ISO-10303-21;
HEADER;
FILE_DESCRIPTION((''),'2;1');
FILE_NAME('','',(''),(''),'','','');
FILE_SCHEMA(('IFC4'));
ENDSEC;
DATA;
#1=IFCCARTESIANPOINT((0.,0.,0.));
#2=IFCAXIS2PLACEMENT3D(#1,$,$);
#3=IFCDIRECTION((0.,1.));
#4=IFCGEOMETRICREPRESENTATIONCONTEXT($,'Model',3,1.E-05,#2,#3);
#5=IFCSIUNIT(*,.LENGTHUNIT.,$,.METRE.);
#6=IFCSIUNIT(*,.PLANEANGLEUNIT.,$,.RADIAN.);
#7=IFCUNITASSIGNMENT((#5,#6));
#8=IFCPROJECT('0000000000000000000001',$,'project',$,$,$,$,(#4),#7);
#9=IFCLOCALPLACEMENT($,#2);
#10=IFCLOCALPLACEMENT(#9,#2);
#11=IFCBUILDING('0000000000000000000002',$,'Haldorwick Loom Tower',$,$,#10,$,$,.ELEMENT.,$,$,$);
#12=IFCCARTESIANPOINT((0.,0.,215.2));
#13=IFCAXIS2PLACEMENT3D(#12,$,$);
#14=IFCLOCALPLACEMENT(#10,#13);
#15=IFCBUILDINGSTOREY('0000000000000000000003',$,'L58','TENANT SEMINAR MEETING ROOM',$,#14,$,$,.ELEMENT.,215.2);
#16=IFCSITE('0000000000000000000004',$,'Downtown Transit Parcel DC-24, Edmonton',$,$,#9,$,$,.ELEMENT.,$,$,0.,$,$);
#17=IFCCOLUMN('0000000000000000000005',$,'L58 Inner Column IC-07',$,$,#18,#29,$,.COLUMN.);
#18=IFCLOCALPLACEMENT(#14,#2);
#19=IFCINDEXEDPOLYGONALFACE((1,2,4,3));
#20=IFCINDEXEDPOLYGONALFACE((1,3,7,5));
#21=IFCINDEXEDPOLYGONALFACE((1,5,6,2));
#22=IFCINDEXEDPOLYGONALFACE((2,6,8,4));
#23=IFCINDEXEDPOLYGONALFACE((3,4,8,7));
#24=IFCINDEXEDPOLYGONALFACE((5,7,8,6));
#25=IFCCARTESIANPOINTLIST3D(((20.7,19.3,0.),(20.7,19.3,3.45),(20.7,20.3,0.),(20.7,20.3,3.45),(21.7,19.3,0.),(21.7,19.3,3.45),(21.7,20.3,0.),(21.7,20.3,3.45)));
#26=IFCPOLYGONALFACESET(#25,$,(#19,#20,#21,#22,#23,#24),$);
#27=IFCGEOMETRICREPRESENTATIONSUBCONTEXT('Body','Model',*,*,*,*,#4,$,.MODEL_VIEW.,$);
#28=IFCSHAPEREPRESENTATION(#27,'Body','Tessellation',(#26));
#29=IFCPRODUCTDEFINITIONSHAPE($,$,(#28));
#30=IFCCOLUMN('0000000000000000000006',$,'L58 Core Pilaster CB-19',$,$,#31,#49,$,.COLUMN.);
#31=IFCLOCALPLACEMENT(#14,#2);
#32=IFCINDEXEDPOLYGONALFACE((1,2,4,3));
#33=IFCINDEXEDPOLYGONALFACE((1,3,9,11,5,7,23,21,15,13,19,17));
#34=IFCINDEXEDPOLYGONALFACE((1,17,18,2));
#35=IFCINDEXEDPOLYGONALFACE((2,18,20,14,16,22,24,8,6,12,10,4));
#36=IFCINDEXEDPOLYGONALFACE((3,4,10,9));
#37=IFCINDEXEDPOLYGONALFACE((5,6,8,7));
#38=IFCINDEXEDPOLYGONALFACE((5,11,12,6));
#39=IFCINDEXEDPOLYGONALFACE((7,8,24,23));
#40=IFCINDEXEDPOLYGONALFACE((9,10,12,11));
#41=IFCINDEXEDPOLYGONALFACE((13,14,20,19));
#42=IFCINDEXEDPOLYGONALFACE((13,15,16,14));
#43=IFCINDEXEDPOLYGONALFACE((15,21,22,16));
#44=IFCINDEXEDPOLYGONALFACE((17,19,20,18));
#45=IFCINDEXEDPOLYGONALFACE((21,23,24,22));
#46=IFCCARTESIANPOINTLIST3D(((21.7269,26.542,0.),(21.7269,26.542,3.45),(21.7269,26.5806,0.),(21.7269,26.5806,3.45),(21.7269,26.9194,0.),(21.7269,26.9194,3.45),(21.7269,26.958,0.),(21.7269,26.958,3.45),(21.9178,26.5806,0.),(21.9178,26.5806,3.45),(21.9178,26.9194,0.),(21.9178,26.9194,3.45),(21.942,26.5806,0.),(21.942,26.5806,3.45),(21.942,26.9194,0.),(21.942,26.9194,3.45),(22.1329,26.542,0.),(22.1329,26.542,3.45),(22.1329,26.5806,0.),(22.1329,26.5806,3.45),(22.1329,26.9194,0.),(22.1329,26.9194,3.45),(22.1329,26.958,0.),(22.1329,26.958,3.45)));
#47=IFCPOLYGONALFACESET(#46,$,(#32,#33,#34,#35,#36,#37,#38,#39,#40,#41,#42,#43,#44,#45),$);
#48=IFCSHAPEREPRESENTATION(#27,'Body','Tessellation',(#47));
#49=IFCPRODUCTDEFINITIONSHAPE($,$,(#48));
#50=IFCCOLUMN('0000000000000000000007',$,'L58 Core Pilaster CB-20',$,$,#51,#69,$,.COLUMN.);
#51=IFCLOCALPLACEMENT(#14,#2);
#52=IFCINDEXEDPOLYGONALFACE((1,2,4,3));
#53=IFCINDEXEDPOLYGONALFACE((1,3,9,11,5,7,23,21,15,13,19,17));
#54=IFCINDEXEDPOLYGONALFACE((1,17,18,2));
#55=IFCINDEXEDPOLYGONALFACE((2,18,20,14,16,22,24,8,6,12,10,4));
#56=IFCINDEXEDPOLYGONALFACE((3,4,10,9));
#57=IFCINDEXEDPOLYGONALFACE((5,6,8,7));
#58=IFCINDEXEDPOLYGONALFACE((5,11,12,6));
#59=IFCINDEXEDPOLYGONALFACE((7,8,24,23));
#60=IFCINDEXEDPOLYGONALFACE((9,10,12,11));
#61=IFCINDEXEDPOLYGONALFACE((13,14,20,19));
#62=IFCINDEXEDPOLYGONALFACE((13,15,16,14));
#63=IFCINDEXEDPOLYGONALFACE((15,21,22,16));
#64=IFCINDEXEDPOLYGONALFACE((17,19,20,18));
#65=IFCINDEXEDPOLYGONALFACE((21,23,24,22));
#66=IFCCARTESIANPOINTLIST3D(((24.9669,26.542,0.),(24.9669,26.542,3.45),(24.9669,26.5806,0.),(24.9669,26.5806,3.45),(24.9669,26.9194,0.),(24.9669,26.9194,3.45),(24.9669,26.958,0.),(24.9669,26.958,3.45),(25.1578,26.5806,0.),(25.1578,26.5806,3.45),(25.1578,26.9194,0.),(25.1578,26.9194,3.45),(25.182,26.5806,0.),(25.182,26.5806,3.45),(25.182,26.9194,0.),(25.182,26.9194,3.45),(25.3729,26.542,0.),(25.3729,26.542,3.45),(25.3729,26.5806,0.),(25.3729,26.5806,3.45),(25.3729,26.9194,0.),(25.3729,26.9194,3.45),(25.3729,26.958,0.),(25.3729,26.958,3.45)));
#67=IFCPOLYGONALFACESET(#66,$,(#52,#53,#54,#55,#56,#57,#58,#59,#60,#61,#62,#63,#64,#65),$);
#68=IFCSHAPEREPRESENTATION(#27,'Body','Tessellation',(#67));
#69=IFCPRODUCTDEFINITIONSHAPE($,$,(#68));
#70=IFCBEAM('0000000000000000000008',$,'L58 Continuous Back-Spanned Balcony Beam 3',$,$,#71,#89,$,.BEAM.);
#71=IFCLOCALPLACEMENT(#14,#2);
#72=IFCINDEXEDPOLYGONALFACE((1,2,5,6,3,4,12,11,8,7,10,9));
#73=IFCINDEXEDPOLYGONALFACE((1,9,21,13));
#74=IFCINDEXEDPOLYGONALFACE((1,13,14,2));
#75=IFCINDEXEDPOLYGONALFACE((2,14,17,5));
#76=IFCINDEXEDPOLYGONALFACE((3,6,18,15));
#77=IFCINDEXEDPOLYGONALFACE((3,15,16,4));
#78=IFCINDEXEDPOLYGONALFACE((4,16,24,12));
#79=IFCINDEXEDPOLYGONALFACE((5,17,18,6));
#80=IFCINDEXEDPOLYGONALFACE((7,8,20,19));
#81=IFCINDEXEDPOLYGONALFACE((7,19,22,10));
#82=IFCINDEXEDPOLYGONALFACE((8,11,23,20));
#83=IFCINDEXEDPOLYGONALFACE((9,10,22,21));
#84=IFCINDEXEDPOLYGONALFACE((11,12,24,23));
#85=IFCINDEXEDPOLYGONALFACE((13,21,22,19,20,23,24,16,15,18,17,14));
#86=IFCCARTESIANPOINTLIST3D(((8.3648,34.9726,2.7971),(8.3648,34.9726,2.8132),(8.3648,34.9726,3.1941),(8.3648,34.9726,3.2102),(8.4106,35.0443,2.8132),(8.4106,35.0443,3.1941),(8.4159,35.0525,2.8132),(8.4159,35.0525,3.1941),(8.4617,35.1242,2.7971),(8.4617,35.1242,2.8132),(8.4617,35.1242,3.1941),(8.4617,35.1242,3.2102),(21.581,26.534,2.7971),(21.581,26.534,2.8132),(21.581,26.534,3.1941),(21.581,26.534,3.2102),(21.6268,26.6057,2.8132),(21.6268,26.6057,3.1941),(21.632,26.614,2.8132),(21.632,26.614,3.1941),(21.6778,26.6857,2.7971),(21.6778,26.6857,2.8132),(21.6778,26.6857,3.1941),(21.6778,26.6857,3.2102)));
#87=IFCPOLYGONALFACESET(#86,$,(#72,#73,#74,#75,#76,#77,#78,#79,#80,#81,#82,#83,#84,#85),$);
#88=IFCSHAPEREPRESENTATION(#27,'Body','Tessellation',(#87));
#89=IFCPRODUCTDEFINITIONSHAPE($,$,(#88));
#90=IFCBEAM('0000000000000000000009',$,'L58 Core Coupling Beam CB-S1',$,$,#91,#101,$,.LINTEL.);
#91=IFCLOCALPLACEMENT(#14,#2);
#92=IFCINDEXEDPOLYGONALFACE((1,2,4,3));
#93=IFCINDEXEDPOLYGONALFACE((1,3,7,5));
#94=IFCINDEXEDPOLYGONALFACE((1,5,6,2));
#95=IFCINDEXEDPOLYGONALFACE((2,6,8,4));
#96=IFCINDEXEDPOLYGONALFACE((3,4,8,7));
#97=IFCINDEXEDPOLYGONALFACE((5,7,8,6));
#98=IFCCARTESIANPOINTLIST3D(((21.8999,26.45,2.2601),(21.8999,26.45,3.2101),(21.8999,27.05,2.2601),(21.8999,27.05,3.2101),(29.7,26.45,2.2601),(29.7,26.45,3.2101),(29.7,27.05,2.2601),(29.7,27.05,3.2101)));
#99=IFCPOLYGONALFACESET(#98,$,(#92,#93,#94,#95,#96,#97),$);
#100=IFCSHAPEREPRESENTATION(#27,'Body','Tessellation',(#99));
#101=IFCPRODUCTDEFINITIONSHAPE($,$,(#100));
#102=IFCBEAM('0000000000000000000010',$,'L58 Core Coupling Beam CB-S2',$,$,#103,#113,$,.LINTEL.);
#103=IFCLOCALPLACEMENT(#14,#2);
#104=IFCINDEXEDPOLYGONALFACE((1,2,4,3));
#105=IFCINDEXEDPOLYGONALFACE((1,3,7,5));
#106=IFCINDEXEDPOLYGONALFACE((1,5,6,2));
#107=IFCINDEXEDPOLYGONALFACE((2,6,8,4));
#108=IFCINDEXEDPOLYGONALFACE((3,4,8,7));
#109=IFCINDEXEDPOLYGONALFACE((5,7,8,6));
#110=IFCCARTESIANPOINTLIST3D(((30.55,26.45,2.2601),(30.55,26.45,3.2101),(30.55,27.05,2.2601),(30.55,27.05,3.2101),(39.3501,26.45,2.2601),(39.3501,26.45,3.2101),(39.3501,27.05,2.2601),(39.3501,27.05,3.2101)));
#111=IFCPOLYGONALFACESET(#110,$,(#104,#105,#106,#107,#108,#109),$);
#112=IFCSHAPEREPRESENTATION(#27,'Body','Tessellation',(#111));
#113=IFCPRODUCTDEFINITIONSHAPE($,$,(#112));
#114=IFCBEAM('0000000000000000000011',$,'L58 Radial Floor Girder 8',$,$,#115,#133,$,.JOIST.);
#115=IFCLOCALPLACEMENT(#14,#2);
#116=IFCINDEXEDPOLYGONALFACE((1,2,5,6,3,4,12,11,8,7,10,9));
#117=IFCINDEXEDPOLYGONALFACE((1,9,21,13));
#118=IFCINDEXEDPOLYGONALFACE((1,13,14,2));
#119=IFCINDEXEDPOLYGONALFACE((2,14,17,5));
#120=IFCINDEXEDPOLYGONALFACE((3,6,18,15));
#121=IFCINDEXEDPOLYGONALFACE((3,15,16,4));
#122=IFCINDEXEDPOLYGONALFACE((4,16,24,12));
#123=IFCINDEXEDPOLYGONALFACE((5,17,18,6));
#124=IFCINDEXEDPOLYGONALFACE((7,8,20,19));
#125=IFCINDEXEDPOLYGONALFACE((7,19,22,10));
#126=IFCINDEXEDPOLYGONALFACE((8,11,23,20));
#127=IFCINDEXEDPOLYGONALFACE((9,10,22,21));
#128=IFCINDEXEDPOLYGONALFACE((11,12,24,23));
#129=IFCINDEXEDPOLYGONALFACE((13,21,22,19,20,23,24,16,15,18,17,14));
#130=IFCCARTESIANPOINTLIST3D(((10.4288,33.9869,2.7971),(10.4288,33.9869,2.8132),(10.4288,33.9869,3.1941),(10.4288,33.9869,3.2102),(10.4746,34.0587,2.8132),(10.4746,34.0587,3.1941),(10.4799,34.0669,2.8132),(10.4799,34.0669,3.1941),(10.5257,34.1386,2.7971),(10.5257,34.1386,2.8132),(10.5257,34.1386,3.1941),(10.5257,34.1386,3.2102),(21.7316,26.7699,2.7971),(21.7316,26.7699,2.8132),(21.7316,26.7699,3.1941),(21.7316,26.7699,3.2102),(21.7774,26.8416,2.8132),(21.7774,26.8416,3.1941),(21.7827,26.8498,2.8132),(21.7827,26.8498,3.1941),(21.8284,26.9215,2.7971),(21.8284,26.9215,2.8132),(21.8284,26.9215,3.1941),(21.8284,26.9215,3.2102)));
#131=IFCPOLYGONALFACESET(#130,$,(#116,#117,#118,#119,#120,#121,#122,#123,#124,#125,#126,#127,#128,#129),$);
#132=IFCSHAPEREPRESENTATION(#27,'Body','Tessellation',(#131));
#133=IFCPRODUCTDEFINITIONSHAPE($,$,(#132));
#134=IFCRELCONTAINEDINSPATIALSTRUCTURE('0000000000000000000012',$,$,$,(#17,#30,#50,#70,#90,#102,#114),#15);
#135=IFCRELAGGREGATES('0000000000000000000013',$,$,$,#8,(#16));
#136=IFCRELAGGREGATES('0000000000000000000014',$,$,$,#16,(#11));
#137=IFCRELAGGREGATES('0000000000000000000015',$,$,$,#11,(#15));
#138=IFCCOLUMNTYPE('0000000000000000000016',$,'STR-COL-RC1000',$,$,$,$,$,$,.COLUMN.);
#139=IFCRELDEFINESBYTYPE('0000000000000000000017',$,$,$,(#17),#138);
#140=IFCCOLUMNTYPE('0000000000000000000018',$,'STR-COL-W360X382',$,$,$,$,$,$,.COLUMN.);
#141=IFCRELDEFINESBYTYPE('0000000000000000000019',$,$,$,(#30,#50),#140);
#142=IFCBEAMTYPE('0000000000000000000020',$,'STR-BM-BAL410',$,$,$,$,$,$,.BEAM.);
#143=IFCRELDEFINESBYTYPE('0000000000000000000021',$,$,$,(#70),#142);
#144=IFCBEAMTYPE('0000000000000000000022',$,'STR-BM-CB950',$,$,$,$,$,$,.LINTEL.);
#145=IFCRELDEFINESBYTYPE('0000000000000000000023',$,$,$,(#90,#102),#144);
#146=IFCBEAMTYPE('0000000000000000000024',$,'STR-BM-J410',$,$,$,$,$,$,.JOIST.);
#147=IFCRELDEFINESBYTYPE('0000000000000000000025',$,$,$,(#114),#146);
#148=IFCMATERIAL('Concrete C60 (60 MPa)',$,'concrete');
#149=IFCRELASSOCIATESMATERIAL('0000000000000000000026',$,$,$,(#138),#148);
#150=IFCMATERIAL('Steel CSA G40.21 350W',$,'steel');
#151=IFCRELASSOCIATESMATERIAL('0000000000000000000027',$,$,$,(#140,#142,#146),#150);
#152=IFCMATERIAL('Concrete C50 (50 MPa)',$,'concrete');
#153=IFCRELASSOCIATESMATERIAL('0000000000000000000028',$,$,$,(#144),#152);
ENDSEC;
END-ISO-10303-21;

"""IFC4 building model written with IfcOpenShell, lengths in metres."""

from ifc_helpers import new_model, si_unit, direction, frame, origin, origin_2d, place, context, subcontext, project, spatial, rectangle, i_section, extrude, material, material_profile, profile_set, type_object, element, save


model = new_model("IFC4")

# Units and contexts
model_context = context("Model", 3, precision=1e-05, world=origin(), true_north=direction((0.0, 1.0)))
body_context = subcontext(model_context, "Body", "Model", "MODEL_VIEW")
ifc_project = project(units=[si_unit("LENGTHUNIT", "METRE"), si_unit("PLANEANGLEUNIT", "RADIAN")], contexts=[model_context])

# Site, building, storey
site_placement = place(None, origin())
site = spatial("IfcSite", under=ifc_project, at=site_placement, Name="Downtown Transit Parcel DC-24, Edmonton", CompositionType="ELEMENT", RefElevation=0.0)
building_placement = place(site_placement, origin())
building = spatial("IfcBuilding", under=site, at=building_placement, Name="Haldorwick Loom Tower", CompositionType="ELEMENT")
storey_placement = place(building_placement, frame((0.0, 0.0, 215.2)))
storey = spatial("IfcBuildingStorey", under=building, at=storey_placement, Name="L58", Description="TENANT SEMINAR MEETING ROOM", CompositionType="ELEMENT", Elevation=215.2)

# Columns
ifc_material_1 = material(Name="Concrete C60 (60 MPa)", Category="concrete")
ifc_material_profile_1 = material_profile(ifc_material_1, rectangle(XDim=1.0, YDim=1.0, at=origin_2d()), Name="RC1000X1000", Category="concrete")
ifc_profile_set_1 = profile_set([ifc_material_profile_1], Name="Concrete C60 (60 MPa)")
column_type_1 = type_object("IfcColumnType", Name="STR-COL-RC1000", PredefinedType="COLUMN", material=ifc_profile_set_1)
column_placement = place(storey_placement, frame((21.2, 19.8, 0.0), z_axis=(0.0, 0.0, 1.0), x_axis=(1.0, 0.0, 0.0)))
element("IfcColumn", 1, at=column_placement, inside=storey, type_object=column_type_1, Name="L58 Inner Column IC-07", PredefinedType="COLUMN", context=body_context, shape_type="SweptSolid", body=[
    extrude(rectangle(XDim=1.0, YDim=1.0, at=origin_2d()), origin(), (0.0, 0.0, 1.0), 3.45),
])
ifc_material_2 = material(Name="Steel CSA G40.21 350W", Category="steel")
ifc_material_profile_2 = material_profile(ifc_material_2, i_section(OverallWidth=0.406, OverallDepth=0.416, WebThickness=0.0242, FlangeThickness=0.0386, at=origin_2d()), Name="W360X382", Category="steel")
ifc_profile_set_2 = profile_set([ifc_material_profile_2], Name="Steel CSA G40.21 350W")
column_type_2 = type_object("IfcColumnType", Name="STR-COL-W360X382", PredefinedType="COLUMN", material=ifc_profile_set_2)
for number, where, z_axis, x_axis, name in (
    (2, (21.9299, 26.75, 0.0), (0.0, 0.0, 1.0), (1.0, 0.0, 0.0), "L58 Core Pilaster CB-19"),
    (3, (25.1699, 26.75, 0.0), (0.0, 0.0, 1.0), (1.0, 0.0, 0.0), "L58 Core Pilaster CB-20"),
):
    element("IfcColumn", number, at=place(storey_placement, frame(where, z_axis=z_axis, x_axis=x_axis)), inside=storey, type_object=column_type_2, Name=name, PredefinedType="COLUMN", context=body_context, shape_type="SweptSolid", body=[
        extrude(i_section(OverallWidth=0.406, OverallDepth=0.416, WebThickness=0.0242, FlangeThickness=0.0386, at=origin_2d()), origin(), (0.0, 0.0, 1.0), 3.45),
    ])

# Beams
ifc_material_profile_3 = material_profile(ifc_material_2, i_section(OverallWidth=0.1799, OverallDepth=0.4131, WebThickness=0.0098, FlangeThickness=0.0161, at=origin_2d()), Name="W410X74", Category="steel")
ifc_profile_set_3 = profile_set([ifc_material_profile_3], Name="Steel CSA G40.21 350W")
beam_type_1 = type_object("IfcBeamType", Name="STR-BM-BAL410", PredefinedType="BEAM", material=ifc_profile_set_3)
beam_1_placement = place(storey_placement, frame((21.6294, 26.6099, 3.0037), z_axis=(-0.842844, 0.538157, 0.0), x_axis=(-0.538157, -0.842844, 0.0)))
element("IfcBeam", 4, at=beam_1_placement, inside=storey, type_object=beam_type_1, Name="L58 Continuous Back-Spanned Balcony Beam 3", PredefinedType="BEAM", context=body_context, shape_type="SweptSolid", body=[
    extrude(i_section(OverallWidth=0.1799, OverallDepth=0.4131, WebThickness=0.0098, FlangeThickness=0.0161, at=origin_2d()), origin(), (0.0, 0.0, 1.0), 15.6804),
])
ifc_material_3 = material(Name="Concrete C50 (50 MPa)", Category="concrete")
ifc_material_profile_4 = material_profile(ifc_material_3, rectangle(XDim=0.6001, YDim=0.95, at=origin_2d()), Name="RC600X950", Category="concrete")
ifc_profile_set_4 = profile_set([ifc_material_profile_4], Name="Concrete C50 (50 MPa)")
beam_type_2 = type_object("IfcBeamType", Name="STR-BM-CB950", PredefinedType="LINTEL", material=ifc_profile_set_4)
beam_2_placement = place(storey_placement, frame((21.8999, 26.75, 2.7351), z_axis=(1.0, 0.0, 0.0), x_axis=(0.0, 1.0, 0.0)))
element("IfcBeam", 5, at=beam_2_placement, inside=storey, type_object=beam_type_2, Name="L58 Core Coupling Beam CB-S1", PredefinedType="LINTEL", context=body_context, shape_type="SweptSolid", body=[
    extrude(rectangle(XDim=0.6001, YDim=0.95, at=origin_2d()), origin(), (0.0, 0.0, 1.0), 7.8),
])
beam_3_placement = place(storey_placement, frame((30.55, 26.75, 2.7351), z_axis=(1.0, 0.0, 0.0), x_axis=(0.0, 1.0, 0.0)))
element("IfcBeam", 6, at=beam_3_placement, inside=storey, type_object=beam_type_2, Name="L58 Core Coupling Beam CB-S2", PredefinedType="LINTEL", context=body_context, shape_type="SweptSolid", body=[
    extrude(rectangle(XDim=0.6001, YDim=0.95, at=origin_2d()), origin(), (0.0, 0.0, 1.0), 8.8),
])
ifc_material_profile_5 = material_profile(ifc_material_2, i_section(OverallWidth=0.1799, OverallDepth=0.4131, WebThickness=0.0098, FlangeThickness=0.0161, at=origin_2d()), Name="W410X74", Category="steel")
ifc_profile_set_5 = profile_set([ifc_material_profile_5], Name="Steel CSA G40.21 350W")
beam_type_3 = type_object("IfcBeamType", Name="STR-BM-J410", PredefinedType="JOIST", material=ifc_profile_set_5)
beam_4_placement = place(storey_placement, frame((21.78, 26.8457, 3.0037), z_axis=(-0.842837, 0.538169, 0.0), x_axis=(-0.538169, -0.842837, 0.0)))
element("IfcBeam", 7, at=beam_4_placement, inside=storey, type_object=beam_type_3, Name="L58 Radial Floor Girder 8", PredefinedType="JOIST", context=body_context, shape_type="SweptSolid", body=[
    extrude(i_section(OverallWidth=0.1799, OverallDepth=0.4131, WebThickness=0.0098, FlangeThickness=0.0161, at=origin_2d()), origin(), (0.0, 0.0, 1.0), 13.4104),
])

save(model, "model.ifc")
